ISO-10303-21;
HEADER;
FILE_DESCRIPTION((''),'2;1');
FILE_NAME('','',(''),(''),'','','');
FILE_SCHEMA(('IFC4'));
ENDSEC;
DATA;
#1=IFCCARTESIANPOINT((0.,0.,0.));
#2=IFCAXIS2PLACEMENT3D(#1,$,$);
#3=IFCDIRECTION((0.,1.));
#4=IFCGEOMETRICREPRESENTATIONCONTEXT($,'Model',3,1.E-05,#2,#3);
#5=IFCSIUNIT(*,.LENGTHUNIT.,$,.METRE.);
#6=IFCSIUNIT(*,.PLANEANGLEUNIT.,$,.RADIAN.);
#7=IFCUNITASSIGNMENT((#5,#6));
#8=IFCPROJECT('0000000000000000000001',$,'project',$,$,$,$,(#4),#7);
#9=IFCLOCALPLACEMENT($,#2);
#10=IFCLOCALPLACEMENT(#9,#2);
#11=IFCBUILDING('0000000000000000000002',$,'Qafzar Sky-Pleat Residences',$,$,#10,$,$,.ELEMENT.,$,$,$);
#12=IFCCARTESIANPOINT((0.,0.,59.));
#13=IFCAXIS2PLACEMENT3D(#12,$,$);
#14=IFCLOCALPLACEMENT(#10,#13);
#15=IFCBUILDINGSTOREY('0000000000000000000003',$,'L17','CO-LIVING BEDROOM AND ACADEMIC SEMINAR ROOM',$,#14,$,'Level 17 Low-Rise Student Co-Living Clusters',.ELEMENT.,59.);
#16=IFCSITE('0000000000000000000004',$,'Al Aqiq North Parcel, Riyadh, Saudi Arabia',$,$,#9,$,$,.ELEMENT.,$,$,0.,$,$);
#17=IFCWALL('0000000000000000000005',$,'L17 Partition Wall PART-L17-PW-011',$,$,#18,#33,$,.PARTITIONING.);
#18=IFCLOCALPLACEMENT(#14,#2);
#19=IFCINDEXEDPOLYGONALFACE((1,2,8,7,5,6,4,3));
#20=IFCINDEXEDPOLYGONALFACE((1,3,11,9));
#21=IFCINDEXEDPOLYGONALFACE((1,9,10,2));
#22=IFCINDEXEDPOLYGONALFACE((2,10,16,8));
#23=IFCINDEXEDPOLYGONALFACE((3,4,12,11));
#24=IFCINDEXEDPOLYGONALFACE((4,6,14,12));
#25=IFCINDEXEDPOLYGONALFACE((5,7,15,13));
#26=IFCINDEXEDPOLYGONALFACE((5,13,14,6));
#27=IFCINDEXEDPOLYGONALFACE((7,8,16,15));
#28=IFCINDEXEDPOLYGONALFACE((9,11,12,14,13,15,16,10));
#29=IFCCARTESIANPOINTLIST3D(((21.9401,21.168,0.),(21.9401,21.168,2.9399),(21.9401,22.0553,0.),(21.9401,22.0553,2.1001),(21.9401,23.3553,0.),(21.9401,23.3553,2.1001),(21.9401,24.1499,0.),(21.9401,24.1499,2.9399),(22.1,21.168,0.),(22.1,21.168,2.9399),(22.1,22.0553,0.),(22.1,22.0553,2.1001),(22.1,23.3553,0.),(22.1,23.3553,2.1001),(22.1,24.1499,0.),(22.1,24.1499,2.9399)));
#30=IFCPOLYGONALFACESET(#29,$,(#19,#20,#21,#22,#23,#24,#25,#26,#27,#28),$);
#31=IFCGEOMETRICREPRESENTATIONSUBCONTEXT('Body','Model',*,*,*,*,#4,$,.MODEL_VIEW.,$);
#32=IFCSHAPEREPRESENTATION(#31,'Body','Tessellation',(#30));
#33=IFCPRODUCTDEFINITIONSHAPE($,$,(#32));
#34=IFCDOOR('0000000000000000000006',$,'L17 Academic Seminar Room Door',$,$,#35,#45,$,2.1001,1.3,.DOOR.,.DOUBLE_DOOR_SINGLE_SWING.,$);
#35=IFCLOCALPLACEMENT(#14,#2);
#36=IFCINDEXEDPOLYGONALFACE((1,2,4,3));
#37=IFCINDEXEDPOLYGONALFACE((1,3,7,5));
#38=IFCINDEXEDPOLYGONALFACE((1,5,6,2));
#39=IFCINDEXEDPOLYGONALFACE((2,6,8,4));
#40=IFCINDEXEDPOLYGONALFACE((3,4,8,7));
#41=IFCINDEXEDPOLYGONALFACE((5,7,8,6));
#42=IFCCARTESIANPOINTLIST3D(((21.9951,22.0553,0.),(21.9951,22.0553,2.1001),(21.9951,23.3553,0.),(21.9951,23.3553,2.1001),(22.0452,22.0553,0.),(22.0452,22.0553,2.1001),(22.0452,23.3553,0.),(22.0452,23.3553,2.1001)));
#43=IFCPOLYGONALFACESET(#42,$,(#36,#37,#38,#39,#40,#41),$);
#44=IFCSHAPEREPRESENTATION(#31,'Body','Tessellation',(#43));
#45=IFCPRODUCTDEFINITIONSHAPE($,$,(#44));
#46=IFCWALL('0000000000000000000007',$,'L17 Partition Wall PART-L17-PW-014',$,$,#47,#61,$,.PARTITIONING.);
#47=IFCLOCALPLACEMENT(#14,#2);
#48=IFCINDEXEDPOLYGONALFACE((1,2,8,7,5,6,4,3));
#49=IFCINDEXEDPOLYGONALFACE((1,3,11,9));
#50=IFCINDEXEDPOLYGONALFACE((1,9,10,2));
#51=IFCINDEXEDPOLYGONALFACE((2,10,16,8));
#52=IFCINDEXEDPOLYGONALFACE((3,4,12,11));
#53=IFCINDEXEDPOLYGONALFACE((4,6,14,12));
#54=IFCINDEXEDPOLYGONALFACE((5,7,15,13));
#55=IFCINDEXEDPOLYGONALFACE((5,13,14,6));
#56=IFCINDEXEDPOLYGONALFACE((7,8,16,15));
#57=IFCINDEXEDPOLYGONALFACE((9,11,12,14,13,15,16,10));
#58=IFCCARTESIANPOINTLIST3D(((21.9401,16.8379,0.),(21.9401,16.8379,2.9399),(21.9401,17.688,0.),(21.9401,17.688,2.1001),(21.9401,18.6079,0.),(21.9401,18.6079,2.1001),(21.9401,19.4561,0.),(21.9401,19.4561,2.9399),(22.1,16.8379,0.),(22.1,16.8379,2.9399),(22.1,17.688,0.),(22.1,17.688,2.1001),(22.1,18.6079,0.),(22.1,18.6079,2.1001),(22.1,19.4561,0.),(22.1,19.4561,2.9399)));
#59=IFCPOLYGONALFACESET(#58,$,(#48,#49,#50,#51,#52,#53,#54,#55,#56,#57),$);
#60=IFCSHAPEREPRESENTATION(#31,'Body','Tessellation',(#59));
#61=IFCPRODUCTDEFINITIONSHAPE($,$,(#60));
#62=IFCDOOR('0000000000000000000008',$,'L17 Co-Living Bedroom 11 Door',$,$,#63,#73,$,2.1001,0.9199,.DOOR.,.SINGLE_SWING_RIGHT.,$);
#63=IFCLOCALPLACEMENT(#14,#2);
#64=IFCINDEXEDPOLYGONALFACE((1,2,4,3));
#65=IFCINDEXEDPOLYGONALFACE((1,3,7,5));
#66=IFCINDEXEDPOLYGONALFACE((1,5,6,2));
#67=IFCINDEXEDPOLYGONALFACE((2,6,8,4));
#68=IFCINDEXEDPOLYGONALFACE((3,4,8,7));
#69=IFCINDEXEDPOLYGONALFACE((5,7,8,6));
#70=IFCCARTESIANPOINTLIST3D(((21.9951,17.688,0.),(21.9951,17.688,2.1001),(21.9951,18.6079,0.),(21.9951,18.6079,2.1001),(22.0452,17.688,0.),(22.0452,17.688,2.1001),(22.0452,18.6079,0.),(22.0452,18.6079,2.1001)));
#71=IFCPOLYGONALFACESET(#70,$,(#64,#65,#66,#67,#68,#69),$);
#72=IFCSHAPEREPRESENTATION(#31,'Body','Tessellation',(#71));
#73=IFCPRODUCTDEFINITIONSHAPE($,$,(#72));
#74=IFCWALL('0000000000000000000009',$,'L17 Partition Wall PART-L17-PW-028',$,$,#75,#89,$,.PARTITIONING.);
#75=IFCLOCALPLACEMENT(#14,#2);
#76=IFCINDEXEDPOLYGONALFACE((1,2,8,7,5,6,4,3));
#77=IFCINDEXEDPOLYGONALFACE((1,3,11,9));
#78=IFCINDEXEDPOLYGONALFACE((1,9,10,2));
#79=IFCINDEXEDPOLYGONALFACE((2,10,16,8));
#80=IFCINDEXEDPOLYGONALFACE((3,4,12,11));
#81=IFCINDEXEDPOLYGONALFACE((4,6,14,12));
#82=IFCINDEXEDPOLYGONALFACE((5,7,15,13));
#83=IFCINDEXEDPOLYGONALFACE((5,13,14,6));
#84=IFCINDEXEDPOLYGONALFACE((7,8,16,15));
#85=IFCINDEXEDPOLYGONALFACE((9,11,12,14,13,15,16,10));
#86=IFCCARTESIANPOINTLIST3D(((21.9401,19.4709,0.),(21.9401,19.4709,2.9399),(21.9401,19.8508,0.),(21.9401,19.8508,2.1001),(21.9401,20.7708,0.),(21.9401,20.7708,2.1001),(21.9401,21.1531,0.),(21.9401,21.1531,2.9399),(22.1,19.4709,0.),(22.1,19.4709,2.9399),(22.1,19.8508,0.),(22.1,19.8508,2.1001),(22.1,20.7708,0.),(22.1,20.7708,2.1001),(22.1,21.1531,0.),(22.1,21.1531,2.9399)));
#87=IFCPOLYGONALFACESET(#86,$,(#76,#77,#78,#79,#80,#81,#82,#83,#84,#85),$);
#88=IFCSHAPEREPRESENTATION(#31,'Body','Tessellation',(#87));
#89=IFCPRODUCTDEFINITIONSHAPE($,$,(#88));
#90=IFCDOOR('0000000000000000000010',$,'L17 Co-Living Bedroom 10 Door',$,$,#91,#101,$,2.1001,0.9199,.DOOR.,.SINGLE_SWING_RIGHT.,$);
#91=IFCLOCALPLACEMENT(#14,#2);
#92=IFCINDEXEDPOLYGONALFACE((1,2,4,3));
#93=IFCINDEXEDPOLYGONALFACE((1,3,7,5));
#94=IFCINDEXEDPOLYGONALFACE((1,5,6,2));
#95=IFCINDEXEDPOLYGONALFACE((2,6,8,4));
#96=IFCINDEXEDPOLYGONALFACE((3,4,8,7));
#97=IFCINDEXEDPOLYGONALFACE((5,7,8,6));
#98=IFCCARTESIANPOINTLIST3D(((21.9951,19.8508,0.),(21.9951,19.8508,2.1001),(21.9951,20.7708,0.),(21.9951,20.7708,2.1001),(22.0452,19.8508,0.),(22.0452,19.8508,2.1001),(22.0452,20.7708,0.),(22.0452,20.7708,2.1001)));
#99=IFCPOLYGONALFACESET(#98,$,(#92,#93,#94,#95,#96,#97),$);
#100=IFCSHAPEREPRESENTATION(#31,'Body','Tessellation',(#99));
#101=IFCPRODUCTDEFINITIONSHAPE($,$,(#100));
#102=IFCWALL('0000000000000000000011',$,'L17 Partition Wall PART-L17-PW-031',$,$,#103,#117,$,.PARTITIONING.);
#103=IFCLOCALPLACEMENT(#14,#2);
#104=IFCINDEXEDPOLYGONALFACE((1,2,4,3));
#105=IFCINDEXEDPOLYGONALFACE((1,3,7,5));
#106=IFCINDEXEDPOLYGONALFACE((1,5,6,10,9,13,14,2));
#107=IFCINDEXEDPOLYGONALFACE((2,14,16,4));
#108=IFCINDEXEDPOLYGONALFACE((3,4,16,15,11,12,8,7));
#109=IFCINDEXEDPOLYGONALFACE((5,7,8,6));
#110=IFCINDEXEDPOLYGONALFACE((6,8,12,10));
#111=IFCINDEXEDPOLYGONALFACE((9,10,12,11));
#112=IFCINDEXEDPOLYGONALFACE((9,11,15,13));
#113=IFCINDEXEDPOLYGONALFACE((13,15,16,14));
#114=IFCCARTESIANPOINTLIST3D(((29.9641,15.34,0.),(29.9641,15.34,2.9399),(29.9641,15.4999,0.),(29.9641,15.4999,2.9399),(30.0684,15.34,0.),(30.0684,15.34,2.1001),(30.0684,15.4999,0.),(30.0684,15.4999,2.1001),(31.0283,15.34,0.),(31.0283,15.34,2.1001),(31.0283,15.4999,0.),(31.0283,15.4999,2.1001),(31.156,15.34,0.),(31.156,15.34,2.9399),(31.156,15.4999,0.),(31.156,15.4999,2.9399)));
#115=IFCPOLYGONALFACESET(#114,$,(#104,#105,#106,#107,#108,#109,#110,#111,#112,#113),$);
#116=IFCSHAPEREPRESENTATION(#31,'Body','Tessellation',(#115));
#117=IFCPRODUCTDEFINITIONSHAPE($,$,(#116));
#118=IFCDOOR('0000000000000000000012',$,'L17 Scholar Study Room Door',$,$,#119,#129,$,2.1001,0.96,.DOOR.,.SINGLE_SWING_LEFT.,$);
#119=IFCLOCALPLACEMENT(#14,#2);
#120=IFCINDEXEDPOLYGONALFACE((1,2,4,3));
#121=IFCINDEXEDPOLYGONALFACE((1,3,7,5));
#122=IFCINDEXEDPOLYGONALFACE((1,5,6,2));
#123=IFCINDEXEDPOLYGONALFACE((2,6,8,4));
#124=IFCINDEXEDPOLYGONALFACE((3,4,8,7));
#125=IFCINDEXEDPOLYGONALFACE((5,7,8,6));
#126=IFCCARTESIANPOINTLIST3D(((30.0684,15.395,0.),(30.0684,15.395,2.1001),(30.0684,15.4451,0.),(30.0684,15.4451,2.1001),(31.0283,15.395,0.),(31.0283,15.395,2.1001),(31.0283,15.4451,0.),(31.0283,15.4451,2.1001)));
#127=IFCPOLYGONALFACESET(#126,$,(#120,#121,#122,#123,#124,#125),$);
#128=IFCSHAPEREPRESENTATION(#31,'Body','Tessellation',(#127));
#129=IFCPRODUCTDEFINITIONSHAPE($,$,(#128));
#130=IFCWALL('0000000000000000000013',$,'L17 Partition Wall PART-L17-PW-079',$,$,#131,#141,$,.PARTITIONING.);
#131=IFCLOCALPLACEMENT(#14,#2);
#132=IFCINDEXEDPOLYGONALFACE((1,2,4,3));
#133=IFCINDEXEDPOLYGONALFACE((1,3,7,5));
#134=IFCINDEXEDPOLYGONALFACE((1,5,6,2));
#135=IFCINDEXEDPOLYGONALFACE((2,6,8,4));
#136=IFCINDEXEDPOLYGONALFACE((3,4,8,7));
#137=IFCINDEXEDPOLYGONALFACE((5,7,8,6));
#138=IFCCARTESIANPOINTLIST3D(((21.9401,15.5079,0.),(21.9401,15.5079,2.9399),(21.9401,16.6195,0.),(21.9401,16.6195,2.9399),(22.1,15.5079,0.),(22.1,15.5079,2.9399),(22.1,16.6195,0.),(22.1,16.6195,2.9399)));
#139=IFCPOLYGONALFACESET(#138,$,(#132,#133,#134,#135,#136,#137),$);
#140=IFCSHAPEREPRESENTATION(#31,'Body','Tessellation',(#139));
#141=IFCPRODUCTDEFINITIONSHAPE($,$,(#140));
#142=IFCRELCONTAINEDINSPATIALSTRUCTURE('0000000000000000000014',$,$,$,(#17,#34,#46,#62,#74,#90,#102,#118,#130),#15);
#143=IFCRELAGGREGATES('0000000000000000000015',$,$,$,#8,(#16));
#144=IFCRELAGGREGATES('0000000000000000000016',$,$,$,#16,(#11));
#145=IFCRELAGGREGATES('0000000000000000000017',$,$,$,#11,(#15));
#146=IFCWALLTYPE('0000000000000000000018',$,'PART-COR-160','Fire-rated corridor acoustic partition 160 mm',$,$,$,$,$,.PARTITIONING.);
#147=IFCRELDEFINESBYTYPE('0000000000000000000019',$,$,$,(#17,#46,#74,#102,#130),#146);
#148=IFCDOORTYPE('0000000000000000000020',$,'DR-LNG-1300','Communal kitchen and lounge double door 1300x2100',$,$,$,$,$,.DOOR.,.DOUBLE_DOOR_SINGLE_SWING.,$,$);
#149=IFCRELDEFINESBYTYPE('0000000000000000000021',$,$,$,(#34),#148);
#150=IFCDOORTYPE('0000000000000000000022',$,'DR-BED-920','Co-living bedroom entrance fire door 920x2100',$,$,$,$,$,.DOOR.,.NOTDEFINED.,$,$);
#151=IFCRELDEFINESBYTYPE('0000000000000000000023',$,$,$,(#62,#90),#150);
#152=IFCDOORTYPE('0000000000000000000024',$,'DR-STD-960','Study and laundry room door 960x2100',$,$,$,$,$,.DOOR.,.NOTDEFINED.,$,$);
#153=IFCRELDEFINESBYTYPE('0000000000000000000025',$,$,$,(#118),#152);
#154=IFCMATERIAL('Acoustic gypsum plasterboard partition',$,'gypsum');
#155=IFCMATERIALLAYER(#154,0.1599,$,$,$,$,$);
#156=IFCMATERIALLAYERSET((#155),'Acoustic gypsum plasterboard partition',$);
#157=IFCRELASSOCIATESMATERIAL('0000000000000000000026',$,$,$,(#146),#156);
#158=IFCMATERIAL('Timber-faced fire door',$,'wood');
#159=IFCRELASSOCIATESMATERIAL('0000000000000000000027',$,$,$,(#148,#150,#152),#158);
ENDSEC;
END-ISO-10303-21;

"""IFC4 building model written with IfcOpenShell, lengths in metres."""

from ifc_helpers import new_model, si_unit, direction, frame, frame_2d, origin, place, context, subcontext, project, spatial, rectangle, extrude, source, transform, mapped, material, layer, layer_set, type_object, element, fill, save


model = new_model("IFC4")

# Units and contexts
model_context = context("Model", 3, precision=1e-05, world=origin(), true_north=direction((0.0, 1.0)))
body_context = subcontext(model_context, "Body", "Model", "MODEL_VIEW")
ifc_project = project(units=[si_unit("LENGTHUNIT", "METRE"), si_unit("PLANEANGLEUNIT", "RADIAN")], contexts=[model_context])

# Site, building, storey
site_placement = place(None, origin())
site = spatial("IfcSite", under=ifc_project, at=site_placement, Name="Al Aqiq North Parcel, Riyadh, Saudi Arabia", CompositionType="ELEMENT", RefElevation=0.0)
building_placement = place(site_placement, origin())
building = spatial("IfcBuilding", under=site, at=building_placement, Name="Qafzar Sky-Pleat Residences", CompositionType="ELEMENT")
storey_placement = place(building_placement, frame((0.0, 0.0, 59.0)))
storey = spatial("IfcBuildingStorey", under=building, at=storey_placement, Name="L17", Description="CO-LIVING BEDROOM AND ACADEMIC SEMINAR ROOM", LongName="Level 17 Low-Rise Student Co-Living Clusters", CompositionType="ELEMENT", Elevation=59.0)

# Walls, openings, doors
ifc_material_1 = material(Name="Acoustic gypsum plasterboard partition", Category="gypsum")
ifc_layer_1 = layer(ifc_material_1, 0.1599)
ifc_layer_set_1 = layer_set([ifc_layer_1], Name="Acoustic gypsum plasterboard partition")
wall_type_1 = type_object("IfcWallType", Name="PART-COR-160", Description="Fire-rated corridor acoustic partition 160 mm", PredefinedType="PARTITIONING", material=ifc_layer_set_1)
wall_1_placement = place(storey_placement, frame((22.02, 21.168, 0.0), z_axis=(0.0, 0.0, 1.0), x_axis=(0.0, 1.0, 0.0)))
wall_1 = element("IfcWall", 1, at=wall_1_placement, inside=storey, type_object=wall_type_1, Name="L17 Partition Wall PART-L17-PW-011", PredefinedType="PARTITIONING", context=body_context, shape_type="SweptSolid", body=[
    extrude(rectangle(XDim=2.9819, YDim=0.1599, at=frame_2d((1.491, 0.0))), origin(), (0.0, 0.0, 1.0), 2.9399),
])
opening_1_placement = place(wall_1_placement, frame((0.8875, 0.0, 0.0)))
opening_1 = element("IfcOpeningElement", 2, at=opening_1_placement, cuts=wall_1, PredefinedType="OPENING", context=body_context, shape_type="SweptSolid", body=[
    extrude(rectangle(XDim=1.3, YDim=2.1001, at=frame_2d((0.6499, 1.05))), frame((0.0, 0.0898, 0.0), z_axis=(0.0, -1.0, 0.0), x_axis=(1.0, 0.0, 0.0)), (0.0, 0.0, 1.0), 0.1799),
])
ifc_material_2 = material(Name="Timber-faced fire door", Category="wood")
door_type_1 = type_object("IfcDoorType", Name="DR-LNG-1300", Description="Communal kitchen and lounge double door 1300x2100", OperationType="DOUBLE_DOOR_SINGLE_SWING", PredefinedType="DOOR", material=ifc_material_2)
shared_shape_1 = source(origin(), body_context, "Body", "SweptSolid", [
    extrude(rectangle(XDim=1.3, YDim=2.1001, at=frame_2d((0.6499, 1.05))), frame((0.0, 0.0249, 0.0), z_axis=(0.0, -1.0, 0.0), x_axis=(1.0, 0.0, 0.0)), (0.0, 0.0, 1.0), 0.05),
])
door_1_placement = place(opening_1_placement, origin())
door_1 = element("IfcDoor", 3, at=door_1_placement, inside=storey, type_object=door_type_1, Name="L17 Academic Seminar Room Door", OperationType="DOUBLE_DOOR_SINGLE_SWING", OverallHeight=2.1001, OverallWidth=1.3, PredefinedType="DOOR", context=body_context, shape_type="MappedRepresentation", body=[
    mapped(shared_shape_1, transform((0.0, 0.0, 0.0), x_axis=(1.0, 0.0, 0.0), y_axis=(0.0, 1.0, 0.0), z_axis=(0.0, 0.0, 1.0), scale=1.0)),
])
fill(opening_1, door_1)
wall_2_placement = place(storey_placement, frame((22.02, 16.8379, 0.0), z_axis=(0.0, 0.0, 1.0), x_axis=(0.0, 1.0, 0.0)))
wall_2 = element("IfcWall", 4, at=wall_2_placement, inside=storey, type_object=wall_type_1, Name="L17 Partition Wall PART-L17-PW-014", PredefinedType="PARTITIONING", context=body_context, shape_type="SweptSolid", body=[
    extrude(rectangle(XDim=2.6182, YDim=0.1599, at=frame_2d((1.3091, 0.0))), origin(), (0.0, 0.0, 1.0), 2.9399),
])
opening_2_placement = place(wall_2_placement, frame((0.8501, 0.0, 0.0)))
opening_2 = element("IfcOpeningElement", 5, at=opening_2_placement, cuts=wall_2, PredefinedType="OPENING", context=body_context, shape_type="SweptSolid", body=[
    extrude(rectangle(XDim=0.9199, YDim=2.1001, at=frame_2d((0.46, 1.05))), frame((0.0, 0.0898, 0.0), z_axis=(0.0, -1.0, 0.0), x_axis=(1.0, 0.0, 0.0)), (0.0, 0.0, 1.0), 0.1799),
])
door_type_2 = type_object("IfcDoorType", Name="DR-BED-920", Description="Co-living bedroom entrance fire door 920x2100", OperationType="NOTDEFINED", PredefinedType="DOOR", material=ifc_material_2)
shared_shape_2 = source(origin(), body_context, "Body", "SweptSolid", [
    extrude(rectangle(XDim=0.9199, YDim=2.1001, at=frame_2d((0.46, 1.05))), frame((0.0, 0.0249, 0.0), z_axis=(0.0, -1.0, 0.0), x_axis=(1.0, 0.0, 0.0)), (0.0, 0.0, 1.0), 0.05),
])
door_2_placement = place(opening_2_placement, origin())
door_2 = element("IfcDoor", 6, at=door_2_placement, inside=storey, type_object=door_type_2, Name="L17 Co-Living Bedroom 11 Door", OperationType="SINGLE_SWING_RIGHT", OverallHeight=2.1001, OverallWidth=0.9199, PredefinedType="DOOR", context=body_context, shape_type="MappedRepresentation", body=[
    mapped(shared_shape_2, transform((0.0, 0.0, 0.0), x_axis=(1.0, 0.0, 0.0), y_axis=(0.0, 1.0, 0.0), z_axis=(0.0, 0.0, 1.0), scale=1.0)),
])
fill(opening_2, door_2)
wall_3_placement = place(storey_placement, frame((22.02, 19.4709, 0.0), z_axis=(0.0, 0.0, 1.0), x_axis=(0.0, 1.0, 0.0)))
wall_3 = element("IfcWall", 7, at=wall_3_placement, inside=storey, type_object=wall_type_1, Name="L17 Partition Wall PART-L17-PW-028", PredefinedType="PARTITIONING", context=body_context, shape_type="SweptSolid", body=[
    extrude(rectangle(XDim=1.6821, YDim=0.1599, at=frame_2d((0.8411, 0.0))), origin(), (0.0, 0.0, 1.0), 2.9399),
])
opening_3_placement = place(wall_3_placement, frame((0.3799, 0.0, 0.0)))
opening_3 = element("IfcOpeningElement", 8, at=opening_3_placement, cuts=wall_3, PredefinedType="OPENING", context=body_context, shape_type="SweptSolid", body=[
    extrude(rectangle(XDim=0.9199, YDim=2.1001, at=frame_2d((0.46, 1.05))), frame((0.0, 0.0898, 0.0), z_axis=(0.0, -1.0, 0.0), x_axis=(1.0, 0.0, 0.0)), (0.0, 0.0, 1.0), 0.1799),
])
door_3_placement = place(opening_3_placement, origin())
door_3 = element("IfcDoor", 9, at=door_3_placement, inside=storey, type_object=door_type_2, Name="L17 Co-Living Bedroom 10 Door", OperationType="SINGLE_SWING_RIGHT", OverallHeight=2.1001, OverallWidth=0.9199, PredefinedType="DOOR", context=body_context, shape_type="MappedRepresentation", body=[
    mapped(shared_shape_2, transform((0.0, 0.0, 0.0), x_axis=(1.0, 0.0, 0.0), y_axis=(0.0, 1.0, 0.0), z_axis=(0.0, 0.0, 1.0), scale=1.0)),
])
fill(opening_3, door_3)
wall_4_placement = place(storey_placement, frame((31.156, 15.4199, 0.0), z_axis=(0.0, 0.0, 1.0), x_axis=(-1.0, 0.0, 0.0)))
wall_4 = element("IfcWall", 10, at=wall_4_placement, inside=storey, type_object=wall_type_1, Name="L17 Partition Wall PART-L17-PW-031", PredefinedType="PARTITIONING", context=body_context, shape_type="SweptSolid", body=[
    extrude(rectangle(XDim=1.1919, YDim=0.1599, at=frame_2d((0.5959, 0.0))), origin(), (0.0, 0.0, 1.0), 2.9399),
])
opening_4_placement = place(wall_4_placement, frame((0.1277, 0.0, 0.0)))
opening_4 = element("IfcOpeningElement", 11, at=opening_4_placement, cuts=wall_4, PredefinedType="OPENING", context=body_context, shape_type="SweptSolid", body=[
    extrude(rectangle(XDim=0.96, YDim=2.1001, at=frame_2d((0.48, 1.05))), frame((0.0, 0.0898, 0.0), z_axis=(0.0, -1.0, 0.0), x_axis=(1.0, 0.0, 0.0)), (0.0, 0.0, 1.0), 0.1799),
])
door_type_3 = type_object("IfcDoorType", Name="DR-STD-960", Description="Study and laundry room door 960x2100", OperationType="NOTDEFINED", PredefinedType="DOOR", material=ifc_material_2)
shared_shape_3 = source(origin(), body_context, "Body", "SweptSolid", [
    extrude(rectangle(XDim=0.96, YDim=2.1001, at=frame_2d((0.48, 1.05))), frame((0.0, 0.0249, 0.0), z_axis=(0.0, -1.0, 0.0), x_axis=(1.0, 0.0, 0.0)), (0.0, 0.0, 1.0), 0.05),
])
door_4_placement = place(opening_4_placement, origin())
door_4 = element("IfcDoor", 12, at=door_4_placement, inside=storey, type_object=door_type_3, Name="L17 Scholar Study Room Door", OperationType="SINGLE_SWING_LEFT", OverallHeight=2.1001, OverallWidth=0.96, PredefinedType="DOOR", context=body_context, shape_type="MappedRepresentation", body=[
    mapped(shared_shape_3, transform((0.0, 0.0, 0.0), x_axis=(1.0, 0.0, 0.0), y_axis=(0.0, 1.0, 0.0), z_axis=(0.0, 0.0, 1.0), scale=1.0)),
])
fill(opening_4, door_4)

# Wall
wall_5_placement = place(storey_placement, frame((22.02, 15.5081, 0.0), z_axis=(0.0, 0.0, 1.0), x_axis=(0.0, 1.0, 0.0)))
element("IfcWall", 13, at=wall_5_placement, inside=storey, type_object=wall_type_1, Name="L17 Partition Wall PART-L17-PW-079", PredefinedType="PARTITIONING", context=body_context, shape_type="SweptSolid", body=[
    extrude(rectangle(XDim=1.1116, YDim=0.1599, at=frame_2d((0.5557, 0.0))), origin(), (0.0, 0.0, 1.0), 2.9399),
])

save(model, "model.ifc")
